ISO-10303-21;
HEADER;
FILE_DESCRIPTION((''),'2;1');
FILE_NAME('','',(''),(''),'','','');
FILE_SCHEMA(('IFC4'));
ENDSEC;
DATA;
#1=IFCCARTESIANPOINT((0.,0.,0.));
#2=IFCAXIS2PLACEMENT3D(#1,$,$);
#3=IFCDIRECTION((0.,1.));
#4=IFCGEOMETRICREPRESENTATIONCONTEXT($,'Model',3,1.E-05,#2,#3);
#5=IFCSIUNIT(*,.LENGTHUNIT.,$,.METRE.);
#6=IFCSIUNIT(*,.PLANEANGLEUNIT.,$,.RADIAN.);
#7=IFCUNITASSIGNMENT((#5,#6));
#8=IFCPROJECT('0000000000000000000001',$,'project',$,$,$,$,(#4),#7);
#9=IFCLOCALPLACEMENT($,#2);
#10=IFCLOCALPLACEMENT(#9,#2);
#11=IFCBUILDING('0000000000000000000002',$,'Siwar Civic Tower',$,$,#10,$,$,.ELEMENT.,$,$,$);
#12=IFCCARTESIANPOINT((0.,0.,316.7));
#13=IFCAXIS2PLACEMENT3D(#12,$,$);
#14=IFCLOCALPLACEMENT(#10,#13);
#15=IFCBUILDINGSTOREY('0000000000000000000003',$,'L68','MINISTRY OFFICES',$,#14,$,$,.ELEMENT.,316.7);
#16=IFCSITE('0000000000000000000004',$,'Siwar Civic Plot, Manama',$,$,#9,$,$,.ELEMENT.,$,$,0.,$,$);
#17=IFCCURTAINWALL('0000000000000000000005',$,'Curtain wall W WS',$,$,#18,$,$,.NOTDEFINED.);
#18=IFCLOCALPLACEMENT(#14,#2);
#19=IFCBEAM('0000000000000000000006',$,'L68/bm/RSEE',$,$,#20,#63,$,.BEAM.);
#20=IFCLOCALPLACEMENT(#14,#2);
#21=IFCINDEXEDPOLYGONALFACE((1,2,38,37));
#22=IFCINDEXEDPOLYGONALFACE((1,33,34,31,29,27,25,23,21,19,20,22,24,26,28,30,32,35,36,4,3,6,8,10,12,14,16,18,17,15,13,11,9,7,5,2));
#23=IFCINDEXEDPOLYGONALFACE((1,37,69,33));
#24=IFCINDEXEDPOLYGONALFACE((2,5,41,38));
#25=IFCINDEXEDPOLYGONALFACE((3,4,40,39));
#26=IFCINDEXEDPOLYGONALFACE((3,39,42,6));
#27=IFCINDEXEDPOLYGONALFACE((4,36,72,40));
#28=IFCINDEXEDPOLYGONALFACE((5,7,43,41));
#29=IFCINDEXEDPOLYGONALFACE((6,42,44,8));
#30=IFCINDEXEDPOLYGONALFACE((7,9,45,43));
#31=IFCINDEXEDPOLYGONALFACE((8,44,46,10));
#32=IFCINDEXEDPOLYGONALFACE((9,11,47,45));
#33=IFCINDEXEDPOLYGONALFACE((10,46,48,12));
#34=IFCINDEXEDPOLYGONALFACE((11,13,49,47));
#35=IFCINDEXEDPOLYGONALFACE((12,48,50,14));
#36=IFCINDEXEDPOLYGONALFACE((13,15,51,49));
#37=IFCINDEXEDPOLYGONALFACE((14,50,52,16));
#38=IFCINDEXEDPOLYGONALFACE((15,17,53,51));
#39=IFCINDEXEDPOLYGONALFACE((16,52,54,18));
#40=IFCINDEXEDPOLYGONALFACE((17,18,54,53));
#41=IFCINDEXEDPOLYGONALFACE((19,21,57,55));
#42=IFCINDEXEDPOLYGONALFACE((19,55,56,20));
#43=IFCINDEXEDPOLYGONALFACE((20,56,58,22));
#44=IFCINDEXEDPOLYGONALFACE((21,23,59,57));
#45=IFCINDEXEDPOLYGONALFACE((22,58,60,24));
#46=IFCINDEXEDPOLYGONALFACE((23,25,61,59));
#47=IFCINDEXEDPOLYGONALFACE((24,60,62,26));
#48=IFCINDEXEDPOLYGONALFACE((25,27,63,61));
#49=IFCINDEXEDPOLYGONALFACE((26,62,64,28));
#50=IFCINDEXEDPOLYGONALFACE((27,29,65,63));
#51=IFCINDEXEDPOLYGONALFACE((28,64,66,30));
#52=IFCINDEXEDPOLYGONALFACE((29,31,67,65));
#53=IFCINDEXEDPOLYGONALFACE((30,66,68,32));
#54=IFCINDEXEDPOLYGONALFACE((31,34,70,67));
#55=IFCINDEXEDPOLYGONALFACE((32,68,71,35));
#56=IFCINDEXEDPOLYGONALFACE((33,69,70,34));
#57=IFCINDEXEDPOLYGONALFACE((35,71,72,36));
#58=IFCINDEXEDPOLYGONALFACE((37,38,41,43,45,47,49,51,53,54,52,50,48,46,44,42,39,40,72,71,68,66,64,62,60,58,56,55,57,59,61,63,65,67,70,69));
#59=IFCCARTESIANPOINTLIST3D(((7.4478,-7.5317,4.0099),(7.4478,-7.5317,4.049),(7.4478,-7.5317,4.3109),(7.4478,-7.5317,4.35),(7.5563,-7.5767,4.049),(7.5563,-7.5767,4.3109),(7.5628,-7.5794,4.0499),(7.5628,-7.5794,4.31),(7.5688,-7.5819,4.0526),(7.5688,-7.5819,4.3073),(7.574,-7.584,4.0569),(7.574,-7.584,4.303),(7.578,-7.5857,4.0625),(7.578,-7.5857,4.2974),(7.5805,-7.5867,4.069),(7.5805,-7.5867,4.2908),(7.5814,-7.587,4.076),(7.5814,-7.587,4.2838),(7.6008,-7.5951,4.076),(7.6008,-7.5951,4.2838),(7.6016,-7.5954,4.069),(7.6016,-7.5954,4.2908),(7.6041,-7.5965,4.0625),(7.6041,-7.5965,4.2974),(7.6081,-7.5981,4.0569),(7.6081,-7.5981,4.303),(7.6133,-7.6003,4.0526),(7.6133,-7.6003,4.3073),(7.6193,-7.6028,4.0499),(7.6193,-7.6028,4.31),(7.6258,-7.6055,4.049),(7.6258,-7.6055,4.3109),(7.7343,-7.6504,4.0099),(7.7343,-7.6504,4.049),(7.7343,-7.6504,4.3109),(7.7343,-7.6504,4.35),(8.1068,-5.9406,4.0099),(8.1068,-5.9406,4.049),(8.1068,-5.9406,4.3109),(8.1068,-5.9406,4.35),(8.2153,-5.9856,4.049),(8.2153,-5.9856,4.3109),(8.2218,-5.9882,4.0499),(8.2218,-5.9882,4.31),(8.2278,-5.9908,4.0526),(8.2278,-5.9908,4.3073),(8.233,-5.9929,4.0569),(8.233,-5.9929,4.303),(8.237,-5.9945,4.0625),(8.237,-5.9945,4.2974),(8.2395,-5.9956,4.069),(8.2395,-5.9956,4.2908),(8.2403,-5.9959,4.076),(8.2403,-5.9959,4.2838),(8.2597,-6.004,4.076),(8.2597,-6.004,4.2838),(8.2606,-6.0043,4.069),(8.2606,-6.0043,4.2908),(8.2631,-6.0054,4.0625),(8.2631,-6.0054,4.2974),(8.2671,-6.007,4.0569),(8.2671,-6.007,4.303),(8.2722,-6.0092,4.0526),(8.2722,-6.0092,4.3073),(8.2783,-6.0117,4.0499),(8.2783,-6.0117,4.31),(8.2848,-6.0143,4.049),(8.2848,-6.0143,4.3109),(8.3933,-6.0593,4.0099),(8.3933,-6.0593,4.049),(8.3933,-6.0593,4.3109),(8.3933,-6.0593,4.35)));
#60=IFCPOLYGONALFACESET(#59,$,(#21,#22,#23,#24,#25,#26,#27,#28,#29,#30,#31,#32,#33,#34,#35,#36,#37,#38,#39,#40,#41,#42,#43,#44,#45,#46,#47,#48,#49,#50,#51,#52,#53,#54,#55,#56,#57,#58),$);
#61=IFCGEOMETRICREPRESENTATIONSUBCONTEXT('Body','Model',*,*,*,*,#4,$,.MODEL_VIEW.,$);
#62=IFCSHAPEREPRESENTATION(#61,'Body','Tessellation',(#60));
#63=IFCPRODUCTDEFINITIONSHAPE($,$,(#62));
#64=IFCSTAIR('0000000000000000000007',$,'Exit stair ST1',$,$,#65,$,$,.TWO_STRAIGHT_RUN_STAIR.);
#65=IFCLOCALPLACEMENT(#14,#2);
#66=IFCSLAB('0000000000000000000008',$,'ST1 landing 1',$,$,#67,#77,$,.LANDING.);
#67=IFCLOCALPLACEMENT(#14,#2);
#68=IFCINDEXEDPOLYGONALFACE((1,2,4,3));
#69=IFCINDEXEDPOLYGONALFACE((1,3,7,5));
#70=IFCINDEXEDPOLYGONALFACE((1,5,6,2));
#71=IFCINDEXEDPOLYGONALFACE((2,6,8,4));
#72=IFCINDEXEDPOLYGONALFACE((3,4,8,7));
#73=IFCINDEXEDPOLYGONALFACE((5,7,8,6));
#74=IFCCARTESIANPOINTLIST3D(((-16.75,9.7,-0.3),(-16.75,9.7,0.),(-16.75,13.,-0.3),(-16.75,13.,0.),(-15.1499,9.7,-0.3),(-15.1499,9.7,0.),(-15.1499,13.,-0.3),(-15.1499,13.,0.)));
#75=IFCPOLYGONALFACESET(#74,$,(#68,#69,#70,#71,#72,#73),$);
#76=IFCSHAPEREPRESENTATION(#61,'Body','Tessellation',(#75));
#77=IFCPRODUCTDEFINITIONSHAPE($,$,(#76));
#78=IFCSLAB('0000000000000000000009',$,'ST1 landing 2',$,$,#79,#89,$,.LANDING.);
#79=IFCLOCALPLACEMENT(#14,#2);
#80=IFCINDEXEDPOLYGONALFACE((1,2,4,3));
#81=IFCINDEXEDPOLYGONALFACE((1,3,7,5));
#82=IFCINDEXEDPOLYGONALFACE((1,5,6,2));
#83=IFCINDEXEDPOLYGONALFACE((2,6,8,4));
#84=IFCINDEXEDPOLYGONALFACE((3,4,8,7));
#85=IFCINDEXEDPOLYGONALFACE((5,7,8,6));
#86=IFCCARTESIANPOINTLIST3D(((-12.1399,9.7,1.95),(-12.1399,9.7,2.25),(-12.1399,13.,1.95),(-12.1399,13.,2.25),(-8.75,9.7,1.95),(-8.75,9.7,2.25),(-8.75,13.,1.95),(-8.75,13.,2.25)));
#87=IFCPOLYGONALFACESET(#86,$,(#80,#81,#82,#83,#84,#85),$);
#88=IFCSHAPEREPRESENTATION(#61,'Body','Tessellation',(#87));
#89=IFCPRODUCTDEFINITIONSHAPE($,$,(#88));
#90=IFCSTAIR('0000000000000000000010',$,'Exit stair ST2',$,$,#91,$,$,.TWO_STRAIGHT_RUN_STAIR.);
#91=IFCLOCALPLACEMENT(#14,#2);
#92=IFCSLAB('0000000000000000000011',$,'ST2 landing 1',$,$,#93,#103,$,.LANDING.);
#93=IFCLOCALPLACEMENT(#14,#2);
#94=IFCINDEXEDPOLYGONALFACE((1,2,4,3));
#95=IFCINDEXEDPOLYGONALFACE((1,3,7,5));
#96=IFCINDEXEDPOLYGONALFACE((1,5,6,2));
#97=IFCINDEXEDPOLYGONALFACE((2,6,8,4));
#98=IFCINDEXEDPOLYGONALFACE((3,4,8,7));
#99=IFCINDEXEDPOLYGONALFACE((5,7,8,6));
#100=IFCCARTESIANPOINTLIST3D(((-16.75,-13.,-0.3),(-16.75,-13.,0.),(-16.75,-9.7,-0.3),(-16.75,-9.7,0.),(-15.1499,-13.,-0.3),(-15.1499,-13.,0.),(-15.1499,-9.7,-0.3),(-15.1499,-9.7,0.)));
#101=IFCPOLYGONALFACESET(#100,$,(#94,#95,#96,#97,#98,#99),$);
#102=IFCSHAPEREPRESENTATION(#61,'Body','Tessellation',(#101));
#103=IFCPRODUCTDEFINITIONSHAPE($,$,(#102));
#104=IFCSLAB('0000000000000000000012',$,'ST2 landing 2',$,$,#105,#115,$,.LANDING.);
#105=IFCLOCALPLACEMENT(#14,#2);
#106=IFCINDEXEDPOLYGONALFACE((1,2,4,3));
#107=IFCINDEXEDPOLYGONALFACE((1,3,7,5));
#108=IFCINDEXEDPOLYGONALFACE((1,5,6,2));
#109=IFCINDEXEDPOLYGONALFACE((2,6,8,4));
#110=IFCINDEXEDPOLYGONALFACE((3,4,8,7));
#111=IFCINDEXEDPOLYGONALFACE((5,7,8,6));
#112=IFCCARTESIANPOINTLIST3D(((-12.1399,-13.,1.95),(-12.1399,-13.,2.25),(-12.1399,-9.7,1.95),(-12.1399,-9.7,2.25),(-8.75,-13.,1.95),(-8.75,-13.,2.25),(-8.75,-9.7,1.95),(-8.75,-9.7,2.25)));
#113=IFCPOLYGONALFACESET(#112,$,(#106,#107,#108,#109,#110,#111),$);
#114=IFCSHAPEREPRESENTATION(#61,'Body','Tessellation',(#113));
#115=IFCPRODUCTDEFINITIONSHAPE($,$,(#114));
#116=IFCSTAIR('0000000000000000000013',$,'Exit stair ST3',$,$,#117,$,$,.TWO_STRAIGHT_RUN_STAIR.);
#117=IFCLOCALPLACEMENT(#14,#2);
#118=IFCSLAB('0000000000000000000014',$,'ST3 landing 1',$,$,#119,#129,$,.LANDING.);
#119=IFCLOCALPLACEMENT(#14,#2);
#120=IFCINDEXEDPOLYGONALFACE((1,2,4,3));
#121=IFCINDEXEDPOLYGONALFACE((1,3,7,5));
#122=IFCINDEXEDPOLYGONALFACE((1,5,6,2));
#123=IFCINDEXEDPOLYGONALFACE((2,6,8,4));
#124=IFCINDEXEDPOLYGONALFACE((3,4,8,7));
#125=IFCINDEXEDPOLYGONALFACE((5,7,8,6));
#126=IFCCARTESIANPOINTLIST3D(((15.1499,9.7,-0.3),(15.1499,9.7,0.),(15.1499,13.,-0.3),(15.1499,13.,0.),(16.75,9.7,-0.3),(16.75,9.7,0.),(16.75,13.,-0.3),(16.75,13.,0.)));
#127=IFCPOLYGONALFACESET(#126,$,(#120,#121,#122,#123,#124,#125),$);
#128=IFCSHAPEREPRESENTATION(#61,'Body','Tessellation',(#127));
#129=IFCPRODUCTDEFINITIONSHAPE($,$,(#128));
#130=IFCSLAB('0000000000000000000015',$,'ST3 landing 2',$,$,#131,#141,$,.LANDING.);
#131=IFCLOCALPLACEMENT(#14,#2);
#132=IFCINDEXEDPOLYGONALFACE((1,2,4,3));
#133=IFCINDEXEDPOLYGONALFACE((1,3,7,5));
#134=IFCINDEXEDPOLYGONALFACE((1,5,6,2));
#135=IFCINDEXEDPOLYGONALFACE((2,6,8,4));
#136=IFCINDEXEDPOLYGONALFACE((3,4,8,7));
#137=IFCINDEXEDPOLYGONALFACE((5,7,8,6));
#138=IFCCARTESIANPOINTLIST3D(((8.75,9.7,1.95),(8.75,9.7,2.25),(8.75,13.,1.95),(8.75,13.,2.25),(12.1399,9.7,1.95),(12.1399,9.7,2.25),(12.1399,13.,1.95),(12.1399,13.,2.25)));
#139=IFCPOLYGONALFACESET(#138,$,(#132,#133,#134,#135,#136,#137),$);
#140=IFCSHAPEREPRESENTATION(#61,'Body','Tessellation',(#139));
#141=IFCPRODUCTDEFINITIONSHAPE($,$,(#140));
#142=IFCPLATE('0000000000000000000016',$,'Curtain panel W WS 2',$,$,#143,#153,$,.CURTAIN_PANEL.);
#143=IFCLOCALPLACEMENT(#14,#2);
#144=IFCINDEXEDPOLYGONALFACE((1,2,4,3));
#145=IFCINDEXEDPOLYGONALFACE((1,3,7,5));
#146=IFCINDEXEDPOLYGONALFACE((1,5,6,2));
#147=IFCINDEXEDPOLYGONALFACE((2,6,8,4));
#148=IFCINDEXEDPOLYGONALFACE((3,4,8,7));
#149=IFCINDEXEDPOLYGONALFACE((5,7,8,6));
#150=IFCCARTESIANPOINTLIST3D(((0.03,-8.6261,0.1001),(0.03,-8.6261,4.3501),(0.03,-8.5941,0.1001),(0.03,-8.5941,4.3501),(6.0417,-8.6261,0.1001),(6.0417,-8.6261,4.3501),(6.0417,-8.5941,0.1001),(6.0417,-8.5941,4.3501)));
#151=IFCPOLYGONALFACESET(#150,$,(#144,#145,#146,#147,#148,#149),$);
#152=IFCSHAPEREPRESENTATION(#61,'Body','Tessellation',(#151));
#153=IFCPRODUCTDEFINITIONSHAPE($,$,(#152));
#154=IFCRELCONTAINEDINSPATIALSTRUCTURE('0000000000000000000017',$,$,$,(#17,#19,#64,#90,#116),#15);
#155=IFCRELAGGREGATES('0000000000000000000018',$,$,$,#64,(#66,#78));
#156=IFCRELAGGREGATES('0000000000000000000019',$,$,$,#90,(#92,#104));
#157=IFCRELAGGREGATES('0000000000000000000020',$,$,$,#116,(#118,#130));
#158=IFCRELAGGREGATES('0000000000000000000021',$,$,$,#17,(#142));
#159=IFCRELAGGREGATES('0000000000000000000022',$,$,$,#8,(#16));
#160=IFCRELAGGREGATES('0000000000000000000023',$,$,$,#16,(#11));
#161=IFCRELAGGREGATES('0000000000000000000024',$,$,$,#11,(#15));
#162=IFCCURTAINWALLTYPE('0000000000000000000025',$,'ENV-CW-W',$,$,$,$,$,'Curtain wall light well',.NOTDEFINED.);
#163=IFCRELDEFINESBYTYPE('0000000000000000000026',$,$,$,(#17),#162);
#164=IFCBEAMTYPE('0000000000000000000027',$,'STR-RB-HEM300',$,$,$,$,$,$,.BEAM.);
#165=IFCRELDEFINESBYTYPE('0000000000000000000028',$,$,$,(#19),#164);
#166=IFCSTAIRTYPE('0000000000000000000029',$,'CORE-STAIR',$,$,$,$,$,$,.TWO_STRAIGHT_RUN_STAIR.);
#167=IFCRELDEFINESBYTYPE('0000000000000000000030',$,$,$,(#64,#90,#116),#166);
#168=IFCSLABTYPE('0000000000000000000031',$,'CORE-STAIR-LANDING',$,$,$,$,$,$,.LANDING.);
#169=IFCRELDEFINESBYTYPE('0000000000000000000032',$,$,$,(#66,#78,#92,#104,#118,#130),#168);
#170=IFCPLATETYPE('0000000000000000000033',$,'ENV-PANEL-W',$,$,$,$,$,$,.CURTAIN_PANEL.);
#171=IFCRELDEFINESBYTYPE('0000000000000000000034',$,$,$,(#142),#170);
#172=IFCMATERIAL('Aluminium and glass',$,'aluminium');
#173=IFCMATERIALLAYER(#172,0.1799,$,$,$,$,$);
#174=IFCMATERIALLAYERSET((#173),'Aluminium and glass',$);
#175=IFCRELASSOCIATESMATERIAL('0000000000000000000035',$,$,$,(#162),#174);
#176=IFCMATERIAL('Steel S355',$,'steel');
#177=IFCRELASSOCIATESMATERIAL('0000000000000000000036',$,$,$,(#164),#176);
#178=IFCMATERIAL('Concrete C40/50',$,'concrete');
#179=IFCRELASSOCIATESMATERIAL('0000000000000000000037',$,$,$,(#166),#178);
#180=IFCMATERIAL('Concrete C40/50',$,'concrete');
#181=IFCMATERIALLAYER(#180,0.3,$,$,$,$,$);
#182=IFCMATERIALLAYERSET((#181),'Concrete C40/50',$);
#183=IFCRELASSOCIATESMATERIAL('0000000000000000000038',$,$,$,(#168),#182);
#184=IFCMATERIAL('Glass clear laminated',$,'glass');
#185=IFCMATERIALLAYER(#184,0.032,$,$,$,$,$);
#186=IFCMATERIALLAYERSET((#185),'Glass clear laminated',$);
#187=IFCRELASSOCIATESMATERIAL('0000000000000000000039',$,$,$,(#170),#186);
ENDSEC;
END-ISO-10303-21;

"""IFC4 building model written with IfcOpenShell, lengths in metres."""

from ifc_helpers import new_model, si_unit, direction, frame, origin, origin_2d, place, context, subcontext, project, spatial, polyline, rectangle, i_section, outline, extrude, material, layer, layer_set, material_profile, profile_set, type_object, element, aggregate, save


model = new_model("IFC4")

# Units and contexts
model_context = context("Model", 3, precision=1e-05, world=origin(), true_north=direction((0.0, 1.0)))
body_context = subcontext(model_context, "Body", "Model", "MODEL_VIEW")
ifc_project = project(units=[si_unit("LENGTHUNIT", "METRE"), si_unit("PLANEANGLEUNIT", "RADIAN")], contexts=[model_context])

# Site, building, storey
site_placement = place(None, origin())
site = spatial("IfcSite", under=ifc_project, at=site_placement, Name="Siwar Civic Plot, Manama", CompositionType="ELEMENT", RefElevation=0.0)
building_placement = place(site_placement, origin())
building = spatial("IfcBuilding", under=site, at=building_placement, Name="Siwar Civic Tower", CompositionType="ELEMENT")
storey_placement = place(building_placement, frame((0.0, 0.0, 316.7)))
storey = spatial("IfcBuildingStorey", under=building, at=storey_placement, Name="L68", Description="MINISTRY OFFICES", CompositionType="ELEMENT", Elevation=316.7)

# Curtain wall
ifc_material_1 = material(Name="Aluminium and glass", Category="aluminium")
ifc_layer_1 = layer(ifc_material_1, 0.1799)
ifc_layer_set_1 = layer_set([ifc_layer_1], Name="Aluminium and glass")
curtain_wall_type = type_object("IfcCurtainWallType", Name="ENV-CW-W", ElementType="Curtain wall light well", PredefinedType="NOTDEFINED", material=ifc_layer_set_1)
curtain_wall_placement = place(storey_placement, origin())
curtain_wall = element("IfcCurtainWall", 1, at=curtain_wall_placement, inside=storey, type_object=curtain_wall_type, Name="Curtain wall W WS", PredefinedType="NOTDEFINED")

# Beam
ifc_material_2 = material(Name="Steel S355", Category="steel")
ifc_material_profile_1 = material_profile(ifc_material_2, i_section(OverallWidth=0.3101, OverallDepth=0.3401, WebThickness=0.021, FlangeThickness=0.0391, FilletRadius=0.0271, at=origin_2d()), Name="HEM300")
ifc_profile_set_1 = profile_set([ifc_material_profile_1], Name="Steel S355")
beam_type = type_object("IfcBeamType", Name="STR-RB-HEM300", PredefinedType="BEAM", material=ifc_profile_set_1)
for number, where, z_axis, x_axis, name in (
    (2, (7.5911, -7.5911, 4.1799), (0.382631, 0.923901, 0.0), (-0.923901, 0.382631, 0.0), "L68/bm/RSEE"),
):
    element("IfcBeam", number, at=place(storey_placement, frame(where, z_axis=z_axis, x_axis=x_axis)), inside=storey, type_object=beam_type, Name=name, PredefinedType="BEAM", context=body_context, shape_type="SweptSolid", body=[
        extrude(i_section(OverallWidth=0.3101, OverallDepth=0.3401, WebThickness=0.021, FlangeThickness=0.0391, FilletRadius=0.0271, at=origin_2d()), origin(), (0.0, 0.0, 1.0), 1.7222),
    ])

# Stairs, slabs
ifc_material_3 = material(Name="Concrete C40/50", Category="concrete")
stair_type = type_object("IfcStairType", Name="CORE-STAIR", PredefinedType="TWO_STRAIGHT_RUN_STAIR", material=ifc_material_3)
stair_1_placement = place(storey_placement, origin())
stair_1 = element("IfcStair", 3, at=stair_1_placement, inside=storey, type_object=stair_type, Name="Exit stair ST1", PredefinedType="TWO_STRAIGHT_RUN_STAIR")
ifc_material_4 = material(Name="Concrete C40/50", Category="concrete")
ifc_layer_2 = layer(ifc_material_4, 0.3)
ifc_layer_set_2 = layer_set([ifc_layer_2], Name="Concrete C40/50")
slab_type_1 = type_object("IfcSlabType", Name="CORE-STAIR-LANDING", PredefinedType="LANDING", material=ifc_layer_set_2)
slab_1_placement = place(storey_placement, frame((0.0, 0.0, -0.3)))
slab_1 = element("IfcSlab", 4, at=slab_1_placement, type_object=slab_type_1, Name="ST1 landing 1", PredefinedType="LANDING", context=body_context, shape_type="SweptSolid", body=[
    extrude(outline(polyline([(-15.1499, 13.0), (-16.75, 13.0), (-16.75, 9.7), (-15.1499, 9.7), (-15.1499, 13.0)])), origin(), (0.0, 0.0, 1.0), 0.3),
])
slab_2_placement = place(storey_placement, frame((0.0, 0.0, 1.95)))
slab_2 = element("IfcSlab", 5, at=slab_2_placement, type_object=slab_type_1, Name="ST1 landing 2", PredefinedType="LANDING", context=body_context, shape_type="SweptSolid", body=[
    extrude(outline(polyline([(-8.75, 13.0), (-12.1399, 13.0), (-12.1399, 9.7), (-8.75, 9.7), (-8.75, 13.0)])), origin(), (0.0, 0.0, 1.0), 0.3),
])
aggregate(stair_1, [slab_1, slab_2])
stair_2_placement = place(storey_placement, origin())
stair_2 = element("IfcStair", 6, at=stair_2_placement, inside=storey, type_object=stair_type, Name="Exit stair ST2", PredefinedType="TWO_STRAIGHT_RUN_STAIR")
slab_3_placement = place(storey_placement, frame((0.0, 0.0, -0.3)))
slab_3 = element("IfcSlab", 7, at=slab_3_placement, type_object=slab_type_1, Name="ST2 landing 1", PredefinedType="LANDING", context=body_context, shape_type="SweptSolid", body=[
    extrude(outline(polyline([(-15.1499, -9.7), (-16.75, -9.7), (-16.75, -13.0), (-15.1499, -13.0), (-15.1499, -9.7)])), origin(), (0.0, 0.0, 1.0), 0.3),
])
slab_4_placement = place(storey_placement, frame((0.0, 0.0, 1.95)))
slab_4 = element("IfcSlab", 8, at=slab_4_placement, type_object=slab_type_1, Name="ST2 landing 2", PredefinedType="LANDING", context=body_context, shape_type="SweptSolid", body=[
    extrude(outline(polyline([(-8.75, -9.7), (-12.1399, -9.7), (-12.1399, -13.0), (-8.75, -13.0), (-8.75, -9.7)])), origin(), (0.0, 0.0, 1.0), 0.3),
])
aggregate(stair_2, [slab_3, slab_4])
stair_3_placement = place(storey_placement, origin())
stair_3 = element("IfcStair", 9, at=stair_3_placement, inside=storey, type_object=stair_type, Name="Exit stair ST3", PredefinedType="TWO_STRAIGHT_RUN_STAIR")
slab_5_placement = place(storey_placement, frame((0.0, 0.0, -0.3)))
slab_5 = element("IfcSlab", 10, at=slab_5_placement, type_object=slab_type_1, Name="ST3 landing 1", PredefinedType="LANDING", context=body_context, shape_type="SweptSolid", body=[
    extrude(outline(polyline([(15.1499, 9.7), (16.75, 9.7), (16.75, 13.0), (15.1499, 13.0), (15.1499, 9.7)])), origin(), (0.0, 0.0, 1.0), 0.3),
])
slab_6_placement = place(storey_placement, frame((0.0, 0.0, 1.95)))
slab_6 = element("IfcSlab", 11, at=slab_6_placement, type_object=slab_type_1, Name="ST3 landing 2", PredefinedType="LANDING", context=body_context, shape_type="SweptSolid", body=[
    extrude(outline(polyline([(8.75, 9.7), (12.1399, 9.7), (12.1399, 13.0), (8.75, 13.0), (8.75, 9.7)])), origin(), (0.0, 0.0, 1.0), 0.3),
])
aggregate(stair_3, [slab_5, slab_6])

# Plate
ifc_material_5 = material(Name="Glass clear laminated", Category="glass")
ifc_layer_3 = layer(ifc_material_5, 0.032)
ifc_layer_set_3 = layer_set([ifc_layer_3], Name="Glass clear laminated")
plate_type = type_object("IfcPlateType", Name="ENV-PANEL-W", PredefinedType="CURTAIN_PANEL", material=ifc_layer_set_3)
plate_placement = place(storey_placement, frame((3.0359, -8.6101, 0.1001), z_axis=(0.0, 0.0, 1.0), x_axis=(1.0, 0.0, 0.0)))
plate = element("IfcPlate", 12, at=plate_placement, type_object=plate_type, Name="Curtain panel W WS 2", PredefinedType="CURTAIN_PANEL", context=body_context, shape_type="SweptSolid", body=[
    extrude(rectangle(XDim=6.0117, YDim=0.032, at=origin_2d()), origin(), (0.0, 0.0, 1.0), 4.25),
])
aggregate(curtain_wall, [plate])

save(model, "model.ifc")
